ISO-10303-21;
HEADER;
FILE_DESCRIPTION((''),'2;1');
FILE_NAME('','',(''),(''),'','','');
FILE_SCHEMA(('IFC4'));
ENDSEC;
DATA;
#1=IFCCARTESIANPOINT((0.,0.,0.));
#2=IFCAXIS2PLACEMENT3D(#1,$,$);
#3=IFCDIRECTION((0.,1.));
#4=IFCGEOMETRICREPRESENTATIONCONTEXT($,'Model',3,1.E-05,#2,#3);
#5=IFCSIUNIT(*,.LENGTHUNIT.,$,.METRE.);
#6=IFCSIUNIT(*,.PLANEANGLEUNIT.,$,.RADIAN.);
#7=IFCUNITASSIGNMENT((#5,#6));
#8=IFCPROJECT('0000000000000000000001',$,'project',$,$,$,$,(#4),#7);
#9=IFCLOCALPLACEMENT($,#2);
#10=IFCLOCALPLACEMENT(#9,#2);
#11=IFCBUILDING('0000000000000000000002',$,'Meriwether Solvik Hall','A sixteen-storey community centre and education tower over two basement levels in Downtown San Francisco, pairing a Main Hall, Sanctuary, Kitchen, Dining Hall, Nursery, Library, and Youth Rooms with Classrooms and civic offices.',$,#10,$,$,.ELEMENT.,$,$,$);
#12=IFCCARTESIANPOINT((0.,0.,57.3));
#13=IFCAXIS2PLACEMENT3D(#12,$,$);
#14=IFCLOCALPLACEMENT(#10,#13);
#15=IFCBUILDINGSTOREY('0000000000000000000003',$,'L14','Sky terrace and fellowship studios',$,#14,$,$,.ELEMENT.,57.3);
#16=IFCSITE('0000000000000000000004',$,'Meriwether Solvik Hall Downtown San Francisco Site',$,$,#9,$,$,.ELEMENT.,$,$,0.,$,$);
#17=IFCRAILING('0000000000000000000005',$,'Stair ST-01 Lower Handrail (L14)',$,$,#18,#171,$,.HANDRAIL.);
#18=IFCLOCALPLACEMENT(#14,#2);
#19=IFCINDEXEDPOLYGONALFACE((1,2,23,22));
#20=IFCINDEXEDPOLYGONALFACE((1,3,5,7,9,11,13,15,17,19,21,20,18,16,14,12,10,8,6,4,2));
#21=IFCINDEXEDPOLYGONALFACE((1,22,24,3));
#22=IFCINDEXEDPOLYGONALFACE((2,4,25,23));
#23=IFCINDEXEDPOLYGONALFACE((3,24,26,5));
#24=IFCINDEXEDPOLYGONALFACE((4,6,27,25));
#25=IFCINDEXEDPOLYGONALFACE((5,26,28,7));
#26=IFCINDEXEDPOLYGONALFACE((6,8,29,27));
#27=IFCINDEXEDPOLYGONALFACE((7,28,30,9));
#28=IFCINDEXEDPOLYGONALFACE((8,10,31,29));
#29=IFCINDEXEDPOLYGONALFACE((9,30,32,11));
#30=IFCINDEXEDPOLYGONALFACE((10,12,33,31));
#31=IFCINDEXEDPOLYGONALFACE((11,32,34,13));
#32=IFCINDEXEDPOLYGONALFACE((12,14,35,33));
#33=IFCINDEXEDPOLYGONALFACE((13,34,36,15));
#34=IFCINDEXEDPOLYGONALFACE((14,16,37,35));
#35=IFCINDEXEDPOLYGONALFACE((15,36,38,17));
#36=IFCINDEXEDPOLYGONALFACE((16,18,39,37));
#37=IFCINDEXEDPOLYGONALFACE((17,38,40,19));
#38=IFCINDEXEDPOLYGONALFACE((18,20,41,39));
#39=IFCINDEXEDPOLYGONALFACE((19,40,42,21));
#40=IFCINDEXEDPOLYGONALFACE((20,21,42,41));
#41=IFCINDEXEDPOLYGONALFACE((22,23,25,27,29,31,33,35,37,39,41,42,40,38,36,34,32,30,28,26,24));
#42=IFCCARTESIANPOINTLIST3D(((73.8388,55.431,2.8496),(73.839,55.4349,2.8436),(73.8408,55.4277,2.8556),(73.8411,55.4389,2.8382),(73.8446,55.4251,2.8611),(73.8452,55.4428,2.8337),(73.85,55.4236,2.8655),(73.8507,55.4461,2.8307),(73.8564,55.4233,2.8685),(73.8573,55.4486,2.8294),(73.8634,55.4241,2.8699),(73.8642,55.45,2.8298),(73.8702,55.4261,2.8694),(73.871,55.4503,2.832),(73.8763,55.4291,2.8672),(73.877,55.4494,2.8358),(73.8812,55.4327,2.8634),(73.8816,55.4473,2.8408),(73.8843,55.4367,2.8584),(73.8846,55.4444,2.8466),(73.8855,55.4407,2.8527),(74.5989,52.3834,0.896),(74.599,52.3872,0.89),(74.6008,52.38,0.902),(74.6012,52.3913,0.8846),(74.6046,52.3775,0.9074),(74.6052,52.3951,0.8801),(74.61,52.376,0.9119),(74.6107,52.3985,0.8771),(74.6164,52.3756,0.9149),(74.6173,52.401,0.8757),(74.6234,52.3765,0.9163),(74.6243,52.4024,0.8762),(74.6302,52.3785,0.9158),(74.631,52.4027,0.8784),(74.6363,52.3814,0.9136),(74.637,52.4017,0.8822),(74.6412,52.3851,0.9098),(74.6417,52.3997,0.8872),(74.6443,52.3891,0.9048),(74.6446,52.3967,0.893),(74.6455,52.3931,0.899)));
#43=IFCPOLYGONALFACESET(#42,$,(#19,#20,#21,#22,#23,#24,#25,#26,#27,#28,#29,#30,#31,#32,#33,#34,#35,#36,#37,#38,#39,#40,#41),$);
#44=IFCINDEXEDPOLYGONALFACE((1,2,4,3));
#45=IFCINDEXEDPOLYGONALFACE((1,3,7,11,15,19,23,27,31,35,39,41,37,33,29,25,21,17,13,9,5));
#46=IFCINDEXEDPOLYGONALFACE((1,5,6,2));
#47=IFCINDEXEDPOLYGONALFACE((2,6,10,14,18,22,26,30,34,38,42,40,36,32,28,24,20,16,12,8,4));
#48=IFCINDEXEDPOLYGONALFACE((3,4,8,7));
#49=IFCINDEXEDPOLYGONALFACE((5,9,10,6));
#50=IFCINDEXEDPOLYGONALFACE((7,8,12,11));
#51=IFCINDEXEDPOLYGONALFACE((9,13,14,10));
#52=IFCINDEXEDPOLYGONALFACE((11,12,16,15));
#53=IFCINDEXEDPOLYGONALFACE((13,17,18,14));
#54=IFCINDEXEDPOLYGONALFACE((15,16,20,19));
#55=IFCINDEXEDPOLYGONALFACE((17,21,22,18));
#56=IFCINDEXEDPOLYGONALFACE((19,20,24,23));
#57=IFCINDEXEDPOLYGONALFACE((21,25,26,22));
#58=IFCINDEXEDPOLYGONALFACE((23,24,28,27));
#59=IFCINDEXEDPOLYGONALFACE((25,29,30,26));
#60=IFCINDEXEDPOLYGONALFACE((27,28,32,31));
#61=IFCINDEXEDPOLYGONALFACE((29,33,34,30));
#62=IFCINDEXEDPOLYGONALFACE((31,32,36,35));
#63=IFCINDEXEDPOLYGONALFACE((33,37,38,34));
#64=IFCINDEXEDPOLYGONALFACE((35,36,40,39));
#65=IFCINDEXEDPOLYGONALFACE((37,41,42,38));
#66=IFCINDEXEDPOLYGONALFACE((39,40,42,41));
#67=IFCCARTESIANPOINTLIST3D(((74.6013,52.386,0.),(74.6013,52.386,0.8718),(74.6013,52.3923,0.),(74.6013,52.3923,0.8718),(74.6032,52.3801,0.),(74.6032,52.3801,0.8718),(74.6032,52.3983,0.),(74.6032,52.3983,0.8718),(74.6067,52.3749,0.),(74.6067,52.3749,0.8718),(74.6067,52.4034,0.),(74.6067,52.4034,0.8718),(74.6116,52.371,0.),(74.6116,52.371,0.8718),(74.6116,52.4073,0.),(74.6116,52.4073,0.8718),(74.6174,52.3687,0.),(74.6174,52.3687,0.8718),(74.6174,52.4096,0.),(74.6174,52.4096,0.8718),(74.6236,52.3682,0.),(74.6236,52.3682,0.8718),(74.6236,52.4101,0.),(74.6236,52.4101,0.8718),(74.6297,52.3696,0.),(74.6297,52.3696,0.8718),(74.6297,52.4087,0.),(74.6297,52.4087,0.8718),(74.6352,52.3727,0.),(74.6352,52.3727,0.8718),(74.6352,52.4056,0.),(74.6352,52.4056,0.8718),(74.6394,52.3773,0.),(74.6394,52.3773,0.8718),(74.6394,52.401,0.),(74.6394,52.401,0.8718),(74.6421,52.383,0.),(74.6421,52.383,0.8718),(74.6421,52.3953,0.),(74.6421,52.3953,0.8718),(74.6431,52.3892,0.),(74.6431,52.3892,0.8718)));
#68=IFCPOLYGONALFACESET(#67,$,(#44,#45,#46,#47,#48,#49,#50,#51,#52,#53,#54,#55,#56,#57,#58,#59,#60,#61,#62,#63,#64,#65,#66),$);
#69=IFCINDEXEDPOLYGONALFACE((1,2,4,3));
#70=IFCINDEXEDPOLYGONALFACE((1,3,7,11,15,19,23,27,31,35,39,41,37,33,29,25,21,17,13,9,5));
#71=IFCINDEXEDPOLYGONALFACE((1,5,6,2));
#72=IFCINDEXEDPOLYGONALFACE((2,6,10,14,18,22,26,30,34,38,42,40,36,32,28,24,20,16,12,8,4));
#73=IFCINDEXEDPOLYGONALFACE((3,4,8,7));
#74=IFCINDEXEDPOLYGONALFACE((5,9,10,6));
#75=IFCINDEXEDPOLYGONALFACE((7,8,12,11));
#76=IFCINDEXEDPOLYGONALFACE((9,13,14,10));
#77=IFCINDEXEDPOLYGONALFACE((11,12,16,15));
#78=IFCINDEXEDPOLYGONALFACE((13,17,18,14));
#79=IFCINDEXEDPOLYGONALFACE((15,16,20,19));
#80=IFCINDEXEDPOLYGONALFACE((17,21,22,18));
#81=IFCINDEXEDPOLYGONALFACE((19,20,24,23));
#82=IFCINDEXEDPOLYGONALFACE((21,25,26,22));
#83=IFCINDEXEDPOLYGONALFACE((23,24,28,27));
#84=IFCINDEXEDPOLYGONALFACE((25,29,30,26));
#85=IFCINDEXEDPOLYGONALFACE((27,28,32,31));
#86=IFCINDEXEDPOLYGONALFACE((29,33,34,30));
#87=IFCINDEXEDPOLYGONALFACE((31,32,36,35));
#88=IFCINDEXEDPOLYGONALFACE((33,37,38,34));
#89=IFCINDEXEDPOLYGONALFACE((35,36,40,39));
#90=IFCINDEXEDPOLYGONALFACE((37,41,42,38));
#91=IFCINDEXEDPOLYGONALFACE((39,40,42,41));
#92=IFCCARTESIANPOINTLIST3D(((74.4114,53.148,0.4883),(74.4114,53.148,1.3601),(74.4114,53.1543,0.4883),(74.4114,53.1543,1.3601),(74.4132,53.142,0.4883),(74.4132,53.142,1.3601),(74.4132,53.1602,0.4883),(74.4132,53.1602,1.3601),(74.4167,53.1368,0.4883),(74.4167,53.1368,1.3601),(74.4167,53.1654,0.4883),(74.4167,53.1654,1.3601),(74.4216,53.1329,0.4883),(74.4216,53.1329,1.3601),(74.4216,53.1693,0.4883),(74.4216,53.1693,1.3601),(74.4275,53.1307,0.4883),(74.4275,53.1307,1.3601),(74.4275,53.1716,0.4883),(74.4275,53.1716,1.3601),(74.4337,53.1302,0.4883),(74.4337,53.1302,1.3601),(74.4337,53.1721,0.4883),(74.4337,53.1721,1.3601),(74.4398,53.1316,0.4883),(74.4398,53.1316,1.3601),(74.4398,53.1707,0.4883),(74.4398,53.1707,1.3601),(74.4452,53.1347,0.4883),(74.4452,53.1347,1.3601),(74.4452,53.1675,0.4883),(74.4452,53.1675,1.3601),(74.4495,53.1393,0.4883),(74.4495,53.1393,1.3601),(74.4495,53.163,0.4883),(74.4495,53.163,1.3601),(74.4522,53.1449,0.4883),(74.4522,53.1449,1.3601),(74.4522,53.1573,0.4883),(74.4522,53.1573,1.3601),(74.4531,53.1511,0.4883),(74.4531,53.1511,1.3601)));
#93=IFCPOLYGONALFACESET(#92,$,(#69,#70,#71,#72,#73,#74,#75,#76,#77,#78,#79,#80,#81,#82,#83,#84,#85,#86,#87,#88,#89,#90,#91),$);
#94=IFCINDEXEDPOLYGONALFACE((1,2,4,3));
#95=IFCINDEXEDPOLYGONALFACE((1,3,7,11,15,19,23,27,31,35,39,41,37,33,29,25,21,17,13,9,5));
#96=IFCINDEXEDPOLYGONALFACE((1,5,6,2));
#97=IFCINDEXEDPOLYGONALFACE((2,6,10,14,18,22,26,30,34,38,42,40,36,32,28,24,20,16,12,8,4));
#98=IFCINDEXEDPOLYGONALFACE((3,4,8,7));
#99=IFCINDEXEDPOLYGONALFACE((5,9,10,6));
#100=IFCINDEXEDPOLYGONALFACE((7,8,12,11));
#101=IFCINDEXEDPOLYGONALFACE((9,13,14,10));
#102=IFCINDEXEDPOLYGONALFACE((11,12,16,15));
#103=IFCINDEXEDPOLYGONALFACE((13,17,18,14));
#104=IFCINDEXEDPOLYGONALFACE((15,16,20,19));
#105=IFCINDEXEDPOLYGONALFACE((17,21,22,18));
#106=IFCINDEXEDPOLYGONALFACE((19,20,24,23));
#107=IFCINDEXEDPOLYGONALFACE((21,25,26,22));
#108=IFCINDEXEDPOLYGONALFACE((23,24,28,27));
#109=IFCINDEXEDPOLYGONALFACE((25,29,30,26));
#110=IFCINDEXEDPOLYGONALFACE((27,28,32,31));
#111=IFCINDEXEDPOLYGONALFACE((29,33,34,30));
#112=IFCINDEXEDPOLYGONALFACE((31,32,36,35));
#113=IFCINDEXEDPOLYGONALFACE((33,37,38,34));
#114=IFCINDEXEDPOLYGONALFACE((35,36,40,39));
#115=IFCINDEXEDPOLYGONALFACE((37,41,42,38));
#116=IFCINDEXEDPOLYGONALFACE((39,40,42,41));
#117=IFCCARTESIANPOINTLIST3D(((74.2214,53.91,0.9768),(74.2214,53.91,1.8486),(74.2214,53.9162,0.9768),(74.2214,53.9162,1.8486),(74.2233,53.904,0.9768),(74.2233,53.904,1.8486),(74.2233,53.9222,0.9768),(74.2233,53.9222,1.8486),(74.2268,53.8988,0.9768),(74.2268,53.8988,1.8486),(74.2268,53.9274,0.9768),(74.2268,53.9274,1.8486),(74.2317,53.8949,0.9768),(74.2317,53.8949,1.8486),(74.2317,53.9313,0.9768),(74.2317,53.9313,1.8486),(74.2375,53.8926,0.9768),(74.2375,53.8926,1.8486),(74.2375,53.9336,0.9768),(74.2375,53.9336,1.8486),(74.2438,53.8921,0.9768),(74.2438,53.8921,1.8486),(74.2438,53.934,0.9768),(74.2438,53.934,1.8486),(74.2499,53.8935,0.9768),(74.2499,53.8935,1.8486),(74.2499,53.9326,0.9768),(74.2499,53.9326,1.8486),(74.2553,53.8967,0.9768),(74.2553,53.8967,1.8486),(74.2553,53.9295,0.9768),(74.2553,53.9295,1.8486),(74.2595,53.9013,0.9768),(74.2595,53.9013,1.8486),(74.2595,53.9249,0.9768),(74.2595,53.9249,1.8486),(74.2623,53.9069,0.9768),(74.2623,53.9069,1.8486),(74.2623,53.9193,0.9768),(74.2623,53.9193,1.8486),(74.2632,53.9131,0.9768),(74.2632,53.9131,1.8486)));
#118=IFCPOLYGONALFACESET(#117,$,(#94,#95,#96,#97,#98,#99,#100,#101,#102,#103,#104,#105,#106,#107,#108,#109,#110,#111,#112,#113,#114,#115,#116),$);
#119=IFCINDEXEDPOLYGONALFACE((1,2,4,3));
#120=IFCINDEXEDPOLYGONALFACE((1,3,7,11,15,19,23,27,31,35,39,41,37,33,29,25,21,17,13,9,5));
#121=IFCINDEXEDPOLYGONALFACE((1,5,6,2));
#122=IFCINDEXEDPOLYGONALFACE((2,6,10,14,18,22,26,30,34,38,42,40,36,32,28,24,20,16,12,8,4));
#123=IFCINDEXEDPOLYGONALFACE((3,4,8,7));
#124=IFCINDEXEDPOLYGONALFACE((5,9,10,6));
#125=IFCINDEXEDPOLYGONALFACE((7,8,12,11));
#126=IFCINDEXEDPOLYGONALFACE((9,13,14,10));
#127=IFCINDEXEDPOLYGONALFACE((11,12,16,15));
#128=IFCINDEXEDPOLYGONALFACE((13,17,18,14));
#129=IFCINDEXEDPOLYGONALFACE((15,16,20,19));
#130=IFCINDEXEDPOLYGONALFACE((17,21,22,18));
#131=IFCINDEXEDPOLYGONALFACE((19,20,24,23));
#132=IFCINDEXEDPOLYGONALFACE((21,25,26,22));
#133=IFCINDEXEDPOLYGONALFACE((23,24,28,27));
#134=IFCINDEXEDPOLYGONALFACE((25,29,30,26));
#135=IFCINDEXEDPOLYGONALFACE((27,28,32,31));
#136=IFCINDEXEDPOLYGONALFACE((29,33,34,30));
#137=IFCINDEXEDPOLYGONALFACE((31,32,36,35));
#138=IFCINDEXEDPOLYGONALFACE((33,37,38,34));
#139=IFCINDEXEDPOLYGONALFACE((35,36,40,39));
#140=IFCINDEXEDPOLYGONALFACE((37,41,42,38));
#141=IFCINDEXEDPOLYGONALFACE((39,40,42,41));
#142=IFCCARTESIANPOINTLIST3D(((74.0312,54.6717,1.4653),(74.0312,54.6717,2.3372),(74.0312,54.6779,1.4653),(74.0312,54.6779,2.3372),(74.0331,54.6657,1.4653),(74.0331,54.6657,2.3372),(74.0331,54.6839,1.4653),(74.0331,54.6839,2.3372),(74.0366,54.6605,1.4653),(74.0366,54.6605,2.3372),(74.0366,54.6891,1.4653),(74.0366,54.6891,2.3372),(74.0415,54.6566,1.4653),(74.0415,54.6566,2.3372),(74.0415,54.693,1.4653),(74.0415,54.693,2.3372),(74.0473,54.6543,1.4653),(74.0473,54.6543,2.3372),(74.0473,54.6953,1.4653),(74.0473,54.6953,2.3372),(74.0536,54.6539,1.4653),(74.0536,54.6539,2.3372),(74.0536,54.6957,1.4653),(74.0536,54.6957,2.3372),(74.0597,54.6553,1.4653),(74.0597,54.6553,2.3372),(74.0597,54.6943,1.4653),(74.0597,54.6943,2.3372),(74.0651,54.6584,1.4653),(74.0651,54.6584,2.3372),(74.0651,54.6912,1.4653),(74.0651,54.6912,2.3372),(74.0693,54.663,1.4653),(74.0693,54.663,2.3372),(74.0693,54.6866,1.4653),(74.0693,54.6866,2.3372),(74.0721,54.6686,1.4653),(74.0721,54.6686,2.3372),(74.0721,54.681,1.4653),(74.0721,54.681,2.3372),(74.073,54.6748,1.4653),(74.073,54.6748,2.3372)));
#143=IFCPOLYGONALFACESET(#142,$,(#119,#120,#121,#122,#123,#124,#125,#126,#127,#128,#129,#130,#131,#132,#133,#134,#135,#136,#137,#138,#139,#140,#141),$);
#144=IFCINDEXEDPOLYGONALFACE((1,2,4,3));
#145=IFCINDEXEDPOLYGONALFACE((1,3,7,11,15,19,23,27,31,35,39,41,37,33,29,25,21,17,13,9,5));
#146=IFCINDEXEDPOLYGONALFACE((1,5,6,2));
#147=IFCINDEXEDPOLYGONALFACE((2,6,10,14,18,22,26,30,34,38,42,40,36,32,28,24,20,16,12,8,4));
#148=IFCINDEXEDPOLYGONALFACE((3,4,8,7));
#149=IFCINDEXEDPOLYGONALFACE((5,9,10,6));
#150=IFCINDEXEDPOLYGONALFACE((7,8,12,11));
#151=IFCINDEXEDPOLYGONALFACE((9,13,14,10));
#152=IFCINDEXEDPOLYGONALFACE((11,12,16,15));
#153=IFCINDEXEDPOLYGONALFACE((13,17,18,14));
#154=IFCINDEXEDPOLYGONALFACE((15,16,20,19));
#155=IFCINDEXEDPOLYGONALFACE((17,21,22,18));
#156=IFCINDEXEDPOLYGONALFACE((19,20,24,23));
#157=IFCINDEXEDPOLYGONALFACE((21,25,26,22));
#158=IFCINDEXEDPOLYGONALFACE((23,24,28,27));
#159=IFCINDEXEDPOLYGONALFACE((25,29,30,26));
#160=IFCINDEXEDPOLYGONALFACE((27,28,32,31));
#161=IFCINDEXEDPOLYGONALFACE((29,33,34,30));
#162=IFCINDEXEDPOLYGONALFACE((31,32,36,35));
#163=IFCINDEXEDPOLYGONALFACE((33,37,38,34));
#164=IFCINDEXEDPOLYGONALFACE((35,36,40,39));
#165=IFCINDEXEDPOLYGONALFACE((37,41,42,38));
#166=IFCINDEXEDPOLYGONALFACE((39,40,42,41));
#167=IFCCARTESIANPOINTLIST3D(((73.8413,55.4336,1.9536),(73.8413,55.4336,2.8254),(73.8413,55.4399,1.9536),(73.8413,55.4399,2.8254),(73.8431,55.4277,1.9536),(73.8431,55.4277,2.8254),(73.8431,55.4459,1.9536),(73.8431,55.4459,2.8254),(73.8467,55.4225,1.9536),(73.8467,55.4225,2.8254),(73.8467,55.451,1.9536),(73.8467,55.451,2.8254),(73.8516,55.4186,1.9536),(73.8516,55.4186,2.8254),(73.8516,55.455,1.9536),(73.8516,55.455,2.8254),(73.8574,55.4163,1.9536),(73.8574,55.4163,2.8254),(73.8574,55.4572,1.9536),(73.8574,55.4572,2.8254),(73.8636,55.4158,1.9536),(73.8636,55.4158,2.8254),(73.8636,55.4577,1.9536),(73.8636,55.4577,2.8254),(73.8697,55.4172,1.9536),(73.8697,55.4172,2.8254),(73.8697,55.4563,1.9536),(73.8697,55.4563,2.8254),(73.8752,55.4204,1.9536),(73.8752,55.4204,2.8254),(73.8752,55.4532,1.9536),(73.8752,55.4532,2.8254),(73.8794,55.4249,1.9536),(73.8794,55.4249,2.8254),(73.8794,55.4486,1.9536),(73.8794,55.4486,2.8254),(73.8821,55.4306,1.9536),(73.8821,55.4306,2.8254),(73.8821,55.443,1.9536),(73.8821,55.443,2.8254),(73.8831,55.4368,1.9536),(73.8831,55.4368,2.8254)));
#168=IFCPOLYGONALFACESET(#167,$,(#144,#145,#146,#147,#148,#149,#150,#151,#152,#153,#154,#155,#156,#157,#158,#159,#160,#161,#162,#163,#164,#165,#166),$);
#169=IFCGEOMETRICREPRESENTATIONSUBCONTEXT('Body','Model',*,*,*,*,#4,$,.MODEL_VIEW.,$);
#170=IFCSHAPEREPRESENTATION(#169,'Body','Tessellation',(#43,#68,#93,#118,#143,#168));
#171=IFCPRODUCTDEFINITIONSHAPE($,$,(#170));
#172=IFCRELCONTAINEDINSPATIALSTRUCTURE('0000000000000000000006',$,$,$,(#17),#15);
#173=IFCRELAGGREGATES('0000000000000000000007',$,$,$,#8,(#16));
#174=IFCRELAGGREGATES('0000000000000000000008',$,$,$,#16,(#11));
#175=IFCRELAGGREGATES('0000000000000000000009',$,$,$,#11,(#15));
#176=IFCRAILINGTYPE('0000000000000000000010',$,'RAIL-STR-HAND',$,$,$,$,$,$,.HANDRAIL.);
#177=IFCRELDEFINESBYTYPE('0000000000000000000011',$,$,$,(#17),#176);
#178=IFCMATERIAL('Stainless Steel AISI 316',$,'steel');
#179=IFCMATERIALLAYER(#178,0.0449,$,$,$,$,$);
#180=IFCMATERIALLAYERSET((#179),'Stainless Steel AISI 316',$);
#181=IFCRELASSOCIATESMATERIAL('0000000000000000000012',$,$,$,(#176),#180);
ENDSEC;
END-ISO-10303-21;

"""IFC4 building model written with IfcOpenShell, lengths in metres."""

from ifc_helpers import new_model, si_unit, direction, frame, origin, origin_2d, place, context, subcontext, project, spatial, circle, extrude, material, layer, layer_set, type_object, element, save


model = new_model("IFC4")

# Units and contexts
model_context = context("Model", 3, precision=1e-05, world=origin(), true_north=direction((0.0, 1.0)))
body_context = subcontext(model_context, "Body", "Model", "MODEL_VIEW")
ifc_project = project(units=[si_unit("LENGTHUNIT", "METRE"), si_unit("PLANEANGLEUNIT", "RADIAN")], contexts=[model_context])

# Site, building, storey
site_placement = place(None, origin())
site = spatial("IfcSite", under=ifc_project, at=site_placement, Name="Meriwether Solvik Hall Downtown San Francisco Site", CompositionType="ELEMENT", RefElevation=0.0)
building_placement = place(site_placement, origin())
building = spatial("IfcBuilding", under=site, at=building_placement, Name="Meriwether Solvik Hall", Description="A sixteen-storey community centre and education tower over two basement levels in Downtown San Francisco, pairing a Main Hall, Sanctuary, Kitchen, Dining Hall, Nursery, Library, and Youth Rooms with Classrooms and civic offices.", CompositionType="ELEMENT")
storey_placement = place(building_placement, frame((0.0, 0.0, 57.3)))
storey = spatial("IfcBuildingStorey", under=building, at=storey_placement, Name="L14", Description="Sky terrace and fellowship studios", CompositionType="ELEMENT", Elevation=57.3)

# Railing
ifc_material_1 = material(Name="Stainless Steel AISI 316", Category="steel")
ifc_layer_1 = layer(ifc_material_1, 0.0449)
ifc_layer_set_1 = layer_set([ifc_layer_1], Name="Stainless Steel AISI 316")
railing_type_1 = type_object("IfcRailingType", Name="RAIL-STR-HAND", PredefinedType="HANDRAIL", material=ifc_layer_set_1)
railing_1_placement = place(storey_placement, frame((74.6221, 52.3892, 0.0)))
element("IfcRailing", 1, at=railing_1_placement, inside=storey, type_object=railing_type_1, Name="Stair ST-01 Lower Handrail (L14)", PredefinedType="HANDRAIL", context=body_context, shape_type="SweptSolid", body=[
    extrude(circle(Radius=0.0239, at=origin_2d()), frame((0.0, 0.0, 0.896), z_axis=(-0.205467, 0.823915, 0.528155), x_axis=(-0.970284, -0.241969, 0.0)), (0.0, 0.0, 1.0), 3.699),
    extrude(circle(Radius=0.021, at=origin_2d()), origin(), (0.0, 0.0, 1.0), 0.8718),
    extrude(circle(Radius=0.021, at=origin_2d()), frame((-0.1899, 0.762, 0.4883)), (0.0, 0.0, 1.0), 0.8718),
    extrude(circle(Radius=0.021, at=origin_2d()), frame((-0.3799, 1.5239, 0.9768)), (0.0, 0.0, 1.0), 0.8718),
    extrude(circle(Radius=0.021, at=origin_2d()), frame((-0.5701, 2.2856, 1.4653)), (0.0, 0.0, 1.0), 0.8718),
    extrude(circle(Radius=0.021, at=origin_2d()), frame((-0.76, 3.0476, 1.9536)), (0.0, 0.0, 1.0), 0.8718),
])

save(model, "model.ifc")
